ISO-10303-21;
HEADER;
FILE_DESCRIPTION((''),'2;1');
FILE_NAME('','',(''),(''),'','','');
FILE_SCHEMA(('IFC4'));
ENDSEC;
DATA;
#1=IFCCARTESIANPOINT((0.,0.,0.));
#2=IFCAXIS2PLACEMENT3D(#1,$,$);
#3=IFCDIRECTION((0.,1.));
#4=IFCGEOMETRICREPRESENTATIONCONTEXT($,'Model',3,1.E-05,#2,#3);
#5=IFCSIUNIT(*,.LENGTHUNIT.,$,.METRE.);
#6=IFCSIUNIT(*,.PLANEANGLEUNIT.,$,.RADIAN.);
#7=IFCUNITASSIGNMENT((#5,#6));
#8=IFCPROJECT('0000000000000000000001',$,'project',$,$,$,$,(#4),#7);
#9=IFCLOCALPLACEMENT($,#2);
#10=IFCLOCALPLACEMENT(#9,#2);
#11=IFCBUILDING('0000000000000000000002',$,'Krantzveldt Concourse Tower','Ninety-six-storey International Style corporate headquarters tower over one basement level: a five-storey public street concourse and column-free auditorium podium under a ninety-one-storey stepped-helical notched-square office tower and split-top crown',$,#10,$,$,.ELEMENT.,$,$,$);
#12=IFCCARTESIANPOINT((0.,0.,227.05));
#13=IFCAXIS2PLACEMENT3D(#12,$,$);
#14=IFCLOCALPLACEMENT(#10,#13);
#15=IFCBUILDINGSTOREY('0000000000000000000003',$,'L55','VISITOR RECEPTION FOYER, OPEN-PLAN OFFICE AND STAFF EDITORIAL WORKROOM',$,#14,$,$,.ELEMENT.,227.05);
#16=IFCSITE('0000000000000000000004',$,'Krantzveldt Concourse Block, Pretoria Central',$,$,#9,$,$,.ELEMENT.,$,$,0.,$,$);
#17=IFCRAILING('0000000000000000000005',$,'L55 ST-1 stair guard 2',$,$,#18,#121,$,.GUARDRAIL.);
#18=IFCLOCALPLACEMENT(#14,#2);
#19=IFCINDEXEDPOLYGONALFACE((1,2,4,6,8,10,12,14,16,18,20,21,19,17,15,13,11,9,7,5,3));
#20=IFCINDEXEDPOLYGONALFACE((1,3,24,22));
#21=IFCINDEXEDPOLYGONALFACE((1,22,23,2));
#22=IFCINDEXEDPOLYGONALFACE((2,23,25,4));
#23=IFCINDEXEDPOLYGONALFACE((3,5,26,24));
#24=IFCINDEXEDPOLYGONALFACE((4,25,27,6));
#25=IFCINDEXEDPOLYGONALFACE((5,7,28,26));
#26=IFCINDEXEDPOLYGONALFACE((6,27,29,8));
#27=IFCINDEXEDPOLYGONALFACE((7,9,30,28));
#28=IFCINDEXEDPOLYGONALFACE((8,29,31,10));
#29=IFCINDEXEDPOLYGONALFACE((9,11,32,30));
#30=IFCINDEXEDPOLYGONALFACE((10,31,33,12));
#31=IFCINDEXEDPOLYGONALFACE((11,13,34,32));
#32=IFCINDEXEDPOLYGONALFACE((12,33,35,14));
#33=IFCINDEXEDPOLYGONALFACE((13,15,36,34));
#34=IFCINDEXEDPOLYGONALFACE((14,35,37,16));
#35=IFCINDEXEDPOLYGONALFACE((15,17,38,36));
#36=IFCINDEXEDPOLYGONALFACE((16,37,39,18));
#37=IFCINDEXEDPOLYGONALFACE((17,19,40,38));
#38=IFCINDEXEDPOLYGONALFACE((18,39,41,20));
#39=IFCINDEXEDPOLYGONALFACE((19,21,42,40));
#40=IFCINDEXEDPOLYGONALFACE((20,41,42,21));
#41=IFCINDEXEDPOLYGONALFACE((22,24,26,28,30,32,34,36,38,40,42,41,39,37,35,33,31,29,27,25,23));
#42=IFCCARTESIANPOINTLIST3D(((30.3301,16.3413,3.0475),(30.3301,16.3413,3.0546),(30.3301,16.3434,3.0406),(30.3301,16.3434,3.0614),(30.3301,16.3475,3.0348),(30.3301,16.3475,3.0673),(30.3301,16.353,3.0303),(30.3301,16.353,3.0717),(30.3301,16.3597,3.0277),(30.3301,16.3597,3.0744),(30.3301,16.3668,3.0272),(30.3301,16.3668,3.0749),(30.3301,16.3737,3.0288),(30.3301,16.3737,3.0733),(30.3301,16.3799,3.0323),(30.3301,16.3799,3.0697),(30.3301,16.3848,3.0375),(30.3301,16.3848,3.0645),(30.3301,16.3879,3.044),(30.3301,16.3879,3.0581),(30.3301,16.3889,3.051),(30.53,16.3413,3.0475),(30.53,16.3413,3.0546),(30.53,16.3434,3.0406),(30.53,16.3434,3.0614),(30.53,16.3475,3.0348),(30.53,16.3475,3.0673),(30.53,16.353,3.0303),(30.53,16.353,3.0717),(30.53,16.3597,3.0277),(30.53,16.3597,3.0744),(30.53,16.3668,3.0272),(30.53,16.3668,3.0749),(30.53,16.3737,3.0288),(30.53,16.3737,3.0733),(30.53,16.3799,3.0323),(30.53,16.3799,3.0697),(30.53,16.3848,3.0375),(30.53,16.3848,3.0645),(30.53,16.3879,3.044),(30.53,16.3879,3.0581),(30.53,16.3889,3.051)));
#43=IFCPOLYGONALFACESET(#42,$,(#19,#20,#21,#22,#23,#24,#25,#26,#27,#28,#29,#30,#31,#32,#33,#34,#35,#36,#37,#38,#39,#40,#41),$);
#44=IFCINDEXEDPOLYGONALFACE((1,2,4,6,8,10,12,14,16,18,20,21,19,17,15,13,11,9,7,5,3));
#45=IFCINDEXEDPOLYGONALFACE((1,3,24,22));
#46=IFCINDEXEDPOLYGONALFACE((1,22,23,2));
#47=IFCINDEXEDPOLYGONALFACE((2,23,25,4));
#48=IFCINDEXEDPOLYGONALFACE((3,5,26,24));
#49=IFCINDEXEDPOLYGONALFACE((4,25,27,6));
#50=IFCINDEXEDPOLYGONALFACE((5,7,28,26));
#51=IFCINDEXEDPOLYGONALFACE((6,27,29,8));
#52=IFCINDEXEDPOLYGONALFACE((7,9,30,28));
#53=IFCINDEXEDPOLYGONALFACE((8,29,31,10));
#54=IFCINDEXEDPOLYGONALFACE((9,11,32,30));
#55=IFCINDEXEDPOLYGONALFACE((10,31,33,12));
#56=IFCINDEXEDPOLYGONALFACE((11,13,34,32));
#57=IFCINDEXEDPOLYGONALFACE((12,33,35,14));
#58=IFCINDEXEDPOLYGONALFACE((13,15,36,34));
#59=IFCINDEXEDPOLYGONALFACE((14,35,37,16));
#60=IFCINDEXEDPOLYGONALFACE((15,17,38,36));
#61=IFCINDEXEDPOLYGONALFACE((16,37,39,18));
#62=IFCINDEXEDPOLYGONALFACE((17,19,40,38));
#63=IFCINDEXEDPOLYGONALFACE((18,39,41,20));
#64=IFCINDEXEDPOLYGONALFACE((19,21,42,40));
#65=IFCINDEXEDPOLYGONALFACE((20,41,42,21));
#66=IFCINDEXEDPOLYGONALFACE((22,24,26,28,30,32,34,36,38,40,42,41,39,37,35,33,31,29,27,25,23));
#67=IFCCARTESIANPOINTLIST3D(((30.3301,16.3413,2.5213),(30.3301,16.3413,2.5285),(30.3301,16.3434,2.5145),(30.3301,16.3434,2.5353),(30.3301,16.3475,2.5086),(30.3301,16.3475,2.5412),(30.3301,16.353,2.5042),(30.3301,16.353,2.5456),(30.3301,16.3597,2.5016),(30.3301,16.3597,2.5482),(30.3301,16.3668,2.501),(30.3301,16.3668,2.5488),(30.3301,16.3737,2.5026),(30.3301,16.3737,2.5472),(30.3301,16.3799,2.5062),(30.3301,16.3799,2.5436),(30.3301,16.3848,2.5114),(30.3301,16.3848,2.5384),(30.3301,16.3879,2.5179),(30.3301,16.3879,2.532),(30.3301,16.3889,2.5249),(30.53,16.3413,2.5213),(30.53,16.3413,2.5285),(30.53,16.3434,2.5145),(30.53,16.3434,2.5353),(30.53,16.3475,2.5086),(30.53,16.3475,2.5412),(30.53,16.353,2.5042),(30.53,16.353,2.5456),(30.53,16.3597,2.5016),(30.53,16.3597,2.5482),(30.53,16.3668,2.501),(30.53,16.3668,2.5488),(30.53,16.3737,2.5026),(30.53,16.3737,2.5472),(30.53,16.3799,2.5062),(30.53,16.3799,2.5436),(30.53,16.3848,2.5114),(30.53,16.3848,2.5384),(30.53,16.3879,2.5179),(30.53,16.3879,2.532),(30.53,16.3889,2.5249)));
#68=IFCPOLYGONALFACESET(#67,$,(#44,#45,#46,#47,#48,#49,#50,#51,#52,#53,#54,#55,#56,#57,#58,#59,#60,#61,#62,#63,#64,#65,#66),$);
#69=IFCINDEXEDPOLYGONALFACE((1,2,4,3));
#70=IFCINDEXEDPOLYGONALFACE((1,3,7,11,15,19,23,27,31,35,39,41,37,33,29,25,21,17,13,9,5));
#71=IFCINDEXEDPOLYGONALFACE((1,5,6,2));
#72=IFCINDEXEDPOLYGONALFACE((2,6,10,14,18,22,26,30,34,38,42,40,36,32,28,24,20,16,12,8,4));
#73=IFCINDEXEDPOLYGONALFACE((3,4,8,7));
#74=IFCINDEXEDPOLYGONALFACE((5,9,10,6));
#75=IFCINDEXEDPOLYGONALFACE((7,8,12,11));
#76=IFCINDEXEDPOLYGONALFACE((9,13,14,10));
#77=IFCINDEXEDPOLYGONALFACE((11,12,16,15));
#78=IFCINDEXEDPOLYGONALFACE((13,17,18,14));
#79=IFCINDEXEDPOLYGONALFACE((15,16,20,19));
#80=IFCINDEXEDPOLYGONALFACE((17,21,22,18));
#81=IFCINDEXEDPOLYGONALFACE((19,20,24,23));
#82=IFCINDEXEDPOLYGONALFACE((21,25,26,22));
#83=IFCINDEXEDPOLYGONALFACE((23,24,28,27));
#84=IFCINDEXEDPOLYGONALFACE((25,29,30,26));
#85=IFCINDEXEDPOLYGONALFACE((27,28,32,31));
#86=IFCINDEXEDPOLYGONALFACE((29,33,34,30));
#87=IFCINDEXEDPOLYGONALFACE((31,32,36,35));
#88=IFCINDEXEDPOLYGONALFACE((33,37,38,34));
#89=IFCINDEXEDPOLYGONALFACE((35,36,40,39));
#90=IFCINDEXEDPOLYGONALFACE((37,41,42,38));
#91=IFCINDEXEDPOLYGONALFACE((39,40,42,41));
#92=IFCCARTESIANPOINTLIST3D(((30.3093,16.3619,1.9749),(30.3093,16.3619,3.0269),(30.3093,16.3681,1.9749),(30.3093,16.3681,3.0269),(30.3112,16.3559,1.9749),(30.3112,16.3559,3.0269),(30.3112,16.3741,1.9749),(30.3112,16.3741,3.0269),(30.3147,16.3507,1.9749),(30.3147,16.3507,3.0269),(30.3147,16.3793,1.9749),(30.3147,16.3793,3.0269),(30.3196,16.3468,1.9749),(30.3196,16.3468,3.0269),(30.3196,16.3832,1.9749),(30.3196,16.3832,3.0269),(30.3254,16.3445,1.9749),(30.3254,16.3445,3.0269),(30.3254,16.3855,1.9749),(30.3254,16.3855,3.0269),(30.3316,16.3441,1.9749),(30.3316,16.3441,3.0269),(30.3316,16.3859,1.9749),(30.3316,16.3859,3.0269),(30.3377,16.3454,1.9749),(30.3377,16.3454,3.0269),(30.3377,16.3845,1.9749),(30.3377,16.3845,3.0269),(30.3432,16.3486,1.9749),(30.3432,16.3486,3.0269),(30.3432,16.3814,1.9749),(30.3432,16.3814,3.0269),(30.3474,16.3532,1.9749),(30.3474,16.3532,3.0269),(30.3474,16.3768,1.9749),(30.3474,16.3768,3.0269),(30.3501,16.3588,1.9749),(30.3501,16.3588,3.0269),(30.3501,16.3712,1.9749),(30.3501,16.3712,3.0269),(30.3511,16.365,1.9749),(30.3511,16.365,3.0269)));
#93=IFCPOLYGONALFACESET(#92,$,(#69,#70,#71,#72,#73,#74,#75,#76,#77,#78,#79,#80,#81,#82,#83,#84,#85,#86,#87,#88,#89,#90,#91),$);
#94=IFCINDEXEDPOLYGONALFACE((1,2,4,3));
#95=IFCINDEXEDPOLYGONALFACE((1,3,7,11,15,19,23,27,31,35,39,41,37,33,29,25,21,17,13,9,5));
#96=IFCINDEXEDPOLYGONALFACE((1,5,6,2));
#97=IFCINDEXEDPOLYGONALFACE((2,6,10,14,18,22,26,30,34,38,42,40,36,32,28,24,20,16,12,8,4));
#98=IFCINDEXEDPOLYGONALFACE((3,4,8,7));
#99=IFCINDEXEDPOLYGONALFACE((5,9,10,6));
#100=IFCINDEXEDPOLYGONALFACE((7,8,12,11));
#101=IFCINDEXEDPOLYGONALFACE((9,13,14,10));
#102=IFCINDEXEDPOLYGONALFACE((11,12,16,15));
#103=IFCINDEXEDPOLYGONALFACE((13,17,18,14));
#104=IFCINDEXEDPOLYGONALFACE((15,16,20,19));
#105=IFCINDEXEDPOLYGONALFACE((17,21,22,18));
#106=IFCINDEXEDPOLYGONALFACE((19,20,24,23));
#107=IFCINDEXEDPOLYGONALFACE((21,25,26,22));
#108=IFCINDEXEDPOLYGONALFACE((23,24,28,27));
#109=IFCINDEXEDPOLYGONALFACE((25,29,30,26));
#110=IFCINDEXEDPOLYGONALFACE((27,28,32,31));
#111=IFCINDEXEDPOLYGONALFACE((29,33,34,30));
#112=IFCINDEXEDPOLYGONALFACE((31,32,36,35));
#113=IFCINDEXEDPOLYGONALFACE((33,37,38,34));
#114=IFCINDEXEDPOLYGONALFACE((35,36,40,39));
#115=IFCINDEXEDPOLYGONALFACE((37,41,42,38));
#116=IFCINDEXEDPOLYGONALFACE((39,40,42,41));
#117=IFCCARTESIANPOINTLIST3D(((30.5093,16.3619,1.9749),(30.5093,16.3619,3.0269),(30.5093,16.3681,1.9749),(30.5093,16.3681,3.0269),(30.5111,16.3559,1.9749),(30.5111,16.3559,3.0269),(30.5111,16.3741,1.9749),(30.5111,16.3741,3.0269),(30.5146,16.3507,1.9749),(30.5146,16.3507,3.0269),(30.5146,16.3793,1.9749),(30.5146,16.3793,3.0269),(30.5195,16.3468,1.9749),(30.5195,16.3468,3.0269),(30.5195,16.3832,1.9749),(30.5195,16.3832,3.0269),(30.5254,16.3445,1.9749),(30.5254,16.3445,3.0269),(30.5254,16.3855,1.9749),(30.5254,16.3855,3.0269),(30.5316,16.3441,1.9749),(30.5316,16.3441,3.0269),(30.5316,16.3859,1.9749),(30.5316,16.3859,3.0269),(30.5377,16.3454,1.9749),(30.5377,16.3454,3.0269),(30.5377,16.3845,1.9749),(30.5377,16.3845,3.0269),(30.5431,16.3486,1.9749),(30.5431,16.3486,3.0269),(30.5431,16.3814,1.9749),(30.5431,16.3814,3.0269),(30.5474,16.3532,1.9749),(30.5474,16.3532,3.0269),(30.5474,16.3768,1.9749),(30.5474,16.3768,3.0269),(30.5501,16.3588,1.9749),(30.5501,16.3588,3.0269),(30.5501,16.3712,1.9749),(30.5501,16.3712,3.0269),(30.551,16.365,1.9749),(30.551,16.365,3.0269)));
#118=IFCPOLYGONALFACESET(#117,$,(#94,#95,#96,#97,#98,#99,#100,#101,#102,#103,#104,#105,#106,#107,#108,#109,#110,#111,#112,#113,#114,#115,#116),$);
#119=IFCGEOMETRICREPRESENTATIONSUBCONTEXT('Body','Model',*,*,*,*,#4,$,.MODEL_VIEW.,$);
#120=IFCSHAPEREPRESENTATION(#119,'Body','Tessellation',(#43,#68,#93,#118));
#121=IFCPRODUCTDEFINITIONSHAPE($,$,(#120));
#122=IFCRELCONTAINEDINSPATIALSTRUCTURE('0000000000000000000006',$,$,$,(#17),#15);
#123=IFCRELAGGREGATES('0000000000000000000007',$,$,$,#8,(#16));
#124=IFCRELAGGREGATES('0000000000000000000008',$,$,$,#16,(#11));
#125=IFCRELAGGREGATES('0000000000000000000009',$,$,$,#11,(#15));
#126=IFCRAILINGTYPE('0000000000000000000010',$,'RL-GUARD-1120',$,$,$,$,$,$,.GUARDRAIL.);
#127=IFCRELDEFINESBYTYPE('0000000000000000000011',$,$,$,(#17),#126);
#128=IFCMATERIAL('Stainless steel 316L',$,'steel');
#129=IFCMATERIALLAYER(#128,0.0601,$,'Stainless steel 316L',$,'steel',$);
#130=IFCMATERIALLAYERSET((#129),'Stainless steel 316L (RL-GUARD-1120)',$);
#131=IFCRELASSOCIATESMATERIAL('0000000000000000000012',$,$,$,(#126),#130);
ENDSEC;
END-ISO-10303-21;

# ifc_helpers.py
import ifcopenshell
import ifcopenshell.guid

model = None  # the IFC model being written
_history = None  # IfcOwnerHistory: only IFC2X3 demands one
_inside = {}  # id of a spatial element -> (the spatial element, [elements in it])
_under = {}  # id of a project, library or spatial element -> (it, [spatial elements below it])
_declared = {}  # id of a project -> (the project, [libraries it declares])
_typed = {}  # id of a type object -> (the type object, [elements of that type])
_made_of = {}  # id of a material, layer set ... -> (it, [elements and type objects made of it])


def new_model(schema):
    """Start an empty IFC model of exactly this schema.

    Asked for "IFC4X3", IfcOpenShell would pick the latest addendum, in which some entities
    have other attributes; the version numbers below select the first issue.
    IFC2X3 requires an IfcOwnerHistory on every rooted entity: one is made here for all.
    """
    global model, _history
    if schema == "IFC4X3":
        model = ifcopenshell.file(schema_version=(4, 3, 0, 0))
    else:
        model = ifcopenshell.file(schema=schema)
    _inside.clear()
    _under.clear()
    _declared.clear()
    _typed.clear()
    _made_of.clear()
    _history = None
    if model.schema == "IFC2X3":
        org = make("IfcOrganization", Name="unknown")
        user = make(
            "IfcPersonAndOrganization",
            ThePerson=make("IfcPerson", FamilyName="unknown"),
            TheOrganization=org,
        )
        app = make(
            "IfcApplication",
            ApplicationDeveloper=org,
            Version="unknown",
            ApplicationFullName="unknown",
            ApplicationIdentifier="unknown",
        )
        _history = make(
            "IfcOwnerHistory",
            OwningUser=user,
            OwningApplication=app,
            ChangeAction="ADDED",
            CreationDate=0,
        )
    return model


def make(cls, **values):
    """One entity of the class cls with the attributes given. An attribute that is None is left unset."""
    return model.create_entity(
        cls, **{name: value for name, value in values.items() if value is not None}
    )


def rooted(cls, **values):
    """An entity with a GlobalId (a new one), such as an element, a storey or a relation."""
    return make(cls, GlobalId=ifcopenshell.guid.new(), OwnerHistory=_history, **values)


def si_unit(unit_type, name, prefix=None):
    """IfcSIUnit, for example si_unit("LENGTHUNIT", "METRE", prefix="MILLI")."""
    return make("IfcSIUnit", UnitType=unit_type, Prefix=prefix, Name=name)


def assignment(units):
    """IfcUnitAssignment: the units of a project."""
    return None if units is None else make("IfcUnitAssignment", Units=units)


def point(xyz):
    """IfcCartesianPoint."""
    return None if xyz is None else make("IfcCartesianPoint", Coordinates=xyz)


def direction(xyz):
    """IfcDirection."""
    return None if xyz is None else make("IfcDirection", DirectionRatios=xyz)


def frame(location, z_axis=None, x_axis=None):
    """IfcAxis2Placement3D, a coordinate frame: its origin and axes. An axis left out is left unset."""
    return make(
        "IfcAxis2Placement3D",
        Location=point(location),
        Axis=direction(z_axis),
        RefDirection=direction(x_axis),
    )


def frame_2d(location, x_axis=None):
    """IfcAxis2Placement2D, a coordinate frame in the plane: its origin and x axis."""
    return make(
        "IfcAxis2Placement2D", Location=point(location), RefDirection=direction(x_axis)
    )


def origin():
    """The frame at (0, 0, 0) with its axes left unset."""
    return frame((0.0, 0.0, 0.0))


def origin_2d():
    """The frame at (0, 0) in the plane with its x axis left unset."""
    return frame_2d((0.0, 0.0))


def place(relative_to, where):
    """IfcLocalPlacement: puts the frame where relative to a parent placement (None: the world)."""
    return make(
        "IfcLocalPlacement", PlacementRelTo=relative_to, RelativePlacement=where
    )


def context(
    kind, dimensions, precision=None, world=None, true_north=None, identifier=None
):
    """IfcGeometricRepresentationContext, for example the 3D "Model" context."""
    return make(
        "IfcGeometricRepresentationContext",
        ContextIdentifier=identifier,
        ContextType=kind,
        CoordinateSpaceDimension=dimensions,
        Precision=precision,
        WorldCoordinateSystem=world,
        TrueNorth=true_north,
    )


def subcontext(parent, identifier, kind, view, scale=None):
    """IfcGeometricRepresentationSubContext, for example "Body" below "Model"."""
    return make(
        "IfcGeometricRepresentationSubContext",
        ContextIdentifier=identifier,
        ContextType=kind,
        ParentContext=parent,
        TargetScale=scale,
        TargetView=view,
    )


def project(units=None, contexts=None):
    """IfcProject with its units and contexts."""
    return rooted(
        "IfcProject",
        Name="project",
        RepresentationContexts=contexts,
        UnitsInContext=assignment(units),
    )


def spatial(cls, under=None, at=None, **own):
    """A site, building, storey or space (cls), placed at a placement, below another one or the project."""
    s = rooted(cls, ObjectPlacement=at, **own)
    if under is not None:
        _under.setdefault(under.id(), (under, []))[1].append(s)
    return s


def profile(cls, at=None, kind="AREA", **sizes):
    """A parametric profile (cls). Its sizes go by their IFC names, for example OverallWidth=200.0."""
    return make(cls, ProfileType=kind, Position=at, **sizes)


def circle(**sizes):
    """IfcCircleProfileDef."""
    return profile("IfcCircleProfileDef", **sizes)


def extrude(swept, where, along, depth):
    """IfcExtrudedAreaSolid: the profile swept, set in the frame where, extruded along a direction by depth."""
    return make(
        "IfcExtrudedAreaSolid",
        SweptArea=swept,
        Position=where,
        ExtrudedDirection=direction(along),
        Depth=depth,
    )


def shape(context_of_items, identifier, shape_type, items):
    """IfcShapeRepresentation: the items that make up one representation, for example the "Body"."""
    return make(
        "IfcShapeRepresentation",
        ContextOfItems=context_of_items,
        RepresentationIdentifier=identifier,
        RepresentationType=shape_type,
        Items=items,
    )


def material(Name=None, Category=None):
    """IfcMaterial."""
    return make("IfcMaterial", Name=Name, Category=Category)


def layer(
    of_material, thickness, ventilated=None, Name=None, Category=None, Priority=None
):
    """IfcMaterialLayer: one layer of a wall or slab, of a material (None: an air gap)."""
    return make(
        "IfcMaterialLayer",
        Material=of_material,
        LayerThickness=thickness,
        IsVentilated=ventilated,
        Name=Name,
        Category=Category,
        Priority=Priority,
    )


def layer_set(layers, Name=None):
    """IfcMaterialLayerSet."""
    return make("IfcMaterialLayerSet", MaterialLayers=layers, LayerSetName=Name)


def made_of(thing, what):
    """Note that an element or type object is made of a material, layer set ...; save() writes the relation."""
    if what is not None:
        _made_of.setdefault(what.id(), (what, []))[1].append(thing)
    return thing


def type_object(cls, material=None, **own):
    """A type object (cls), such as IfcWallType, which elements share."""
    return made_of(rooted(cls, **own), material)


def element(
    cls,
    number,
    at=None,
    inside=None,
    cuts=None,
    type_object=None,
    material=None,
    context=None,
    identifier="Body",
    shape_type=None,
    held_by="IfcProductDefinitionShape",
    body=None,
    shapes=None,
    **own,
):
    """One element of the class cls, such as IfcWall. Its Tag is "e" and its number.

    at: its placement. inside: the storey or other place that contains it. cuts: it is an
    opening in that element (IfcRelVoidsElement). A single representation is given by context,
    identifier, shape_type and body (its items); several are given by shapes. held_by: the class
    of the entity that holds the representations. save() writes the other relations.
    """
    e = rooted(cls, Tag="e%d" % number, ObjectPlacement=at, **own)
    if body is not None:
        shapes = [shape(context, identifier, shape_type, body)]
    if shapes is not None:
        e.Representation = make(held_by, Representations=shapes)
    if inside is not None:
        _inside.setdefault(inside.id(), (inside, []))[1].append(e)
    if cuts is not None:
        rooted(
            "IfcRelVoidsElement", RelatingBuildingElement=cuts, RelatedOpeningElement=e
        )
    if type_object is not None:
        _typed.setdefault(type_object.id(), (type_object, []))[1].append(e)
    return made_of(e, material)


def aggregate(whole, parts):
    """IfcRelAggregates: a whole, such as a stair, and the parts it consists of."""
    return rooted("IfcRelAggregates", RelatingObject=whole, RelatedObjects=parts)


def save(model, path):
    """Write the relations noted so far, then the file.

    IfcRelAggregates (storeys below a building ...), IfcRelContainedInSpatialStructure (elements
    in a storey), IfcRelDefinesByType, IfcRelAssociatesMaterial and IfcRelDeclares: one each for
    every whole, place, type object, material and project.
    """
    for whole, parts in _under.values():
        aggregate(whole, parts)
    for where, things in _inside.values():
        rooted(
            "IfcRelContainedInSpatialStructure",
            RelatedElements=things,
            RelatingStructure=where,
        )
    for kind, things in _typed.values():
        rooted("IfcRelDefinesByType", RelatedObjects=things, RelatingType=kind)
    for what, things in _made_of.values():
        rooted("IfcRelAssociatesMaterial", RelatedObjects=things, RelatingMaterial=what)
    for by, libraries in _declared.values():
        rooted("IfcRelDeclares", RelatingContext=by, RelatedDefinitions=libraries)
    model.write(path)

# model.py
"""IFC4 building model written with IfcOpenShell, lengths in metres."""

from ifc_helpers import new_model, si_unit, direction, frame, origin, origin_2d, place, context, subcontext, project, spatial, circle, extrude, material, layer, layer_set, type_object, element, save


model = new_model("IFC4")

# Units and contexts
model_context = context("Model", 3, precision=1e-05, world=origin(), true_north=direction((0.0, 1.0)))
body_context = subcontext(model_context, "Body", "Model", "MODEL_VIEW")
ifc_project = project(units=[si_unit("LENGTHUNIT", "METRE"), si_unit("PLANEANGLEUNIT", "RADIAN")], contexts=[model_context])

# Site, building, storey
site_placement = place(None, origin())
site = spatial("IfcSite", under=ifc_project, at=site_placement, Name="Krantzveldt Concourse Block, Pretoria Central", CompositionType="ELEMENT", RefElevation=0.0)
building_placement = place(site_placement, origin())
building = spatial("IfcBuilding", under=site, at=building_placement, Name="Krantzveldt Concourse Tower", Description="Ninety-six-storey International Style corporate headquarters tower over one basement level: a five-storey public street concourse and column-free auditorium podium under a ninety-one-storey stepped-helical notched-square office tower and split-top crown", CompositionType="ELEMENT")
storey_placement = place(building_placement, frame((0.0, 0.0, 227.05)))
storey = spatial("IfcBuildingStorey", under=building, at=storey_placement, Name="L55", Description="VISITOR RECEPTION FOYER, OPEN-PLAN OFFICE AND STAFF EDITORIAL WORKROOM", CompositionType="ELEMENT", Elevation=227.05)

# Railing
ifc_material_1 = material(Name="Stainless steel 316L", Category="steel")
ifc_layer_1 = layer(ifc_material_1, 0.0601, Name="Stainless steel 316L", Category="steel")
ifc_layer_set_1 = layer_set([ifc_layer_1], Name="Stainless steel 316L (RL-GUARD-1120)")
railing_type_1 = type_object("IfcRailingType", Name="RL-GUARD-1120", PredefinedType="GUARDRAIL", material=ifc_layer_set_1)
railing_1_placement = place(storey_placement, frame((30.3301, 16.365, 1.9749)))
element("IfcRailing", 1, at=railing_1_placement, inside=storey, type_object=railing_type_1, Name="L55 ST-1 stair guard 2", PredefinedType="GUARDRAIL", context=body_context, shape_type="SweptSolid", body=[
    extrude(circle(Radius=0.0239, at=origin_2d()), frame((0.0, 0.0, 1.0762), z_axis=(1.0, 0.0, 0.0), x_axis=(0.0, 1.0, 0.0)), (0.0, 0.0, 1.0), 0.2),
    extrude(circle(Radius=0.0239, at=origin_2d()), frame((0.0, 0.0, 0.55), z_axis=(1.0, 0.0, 0.0), x_axis=(0.0, 1.0, 0.0)), (0.0, 0.0, 1.0), 0.2),
    extrude(circle(Radius=0.021, at=origin_2d()), origin(), (0.0, 0.0, 1.0), 1.052),
    extrude(circle(Radius=0.021, at=origin_2d()), frame((0.2, 0.0, 0.0)), (0.0, 0.0, 1.0), 1.052),
])

save(model, "model.ifc")
